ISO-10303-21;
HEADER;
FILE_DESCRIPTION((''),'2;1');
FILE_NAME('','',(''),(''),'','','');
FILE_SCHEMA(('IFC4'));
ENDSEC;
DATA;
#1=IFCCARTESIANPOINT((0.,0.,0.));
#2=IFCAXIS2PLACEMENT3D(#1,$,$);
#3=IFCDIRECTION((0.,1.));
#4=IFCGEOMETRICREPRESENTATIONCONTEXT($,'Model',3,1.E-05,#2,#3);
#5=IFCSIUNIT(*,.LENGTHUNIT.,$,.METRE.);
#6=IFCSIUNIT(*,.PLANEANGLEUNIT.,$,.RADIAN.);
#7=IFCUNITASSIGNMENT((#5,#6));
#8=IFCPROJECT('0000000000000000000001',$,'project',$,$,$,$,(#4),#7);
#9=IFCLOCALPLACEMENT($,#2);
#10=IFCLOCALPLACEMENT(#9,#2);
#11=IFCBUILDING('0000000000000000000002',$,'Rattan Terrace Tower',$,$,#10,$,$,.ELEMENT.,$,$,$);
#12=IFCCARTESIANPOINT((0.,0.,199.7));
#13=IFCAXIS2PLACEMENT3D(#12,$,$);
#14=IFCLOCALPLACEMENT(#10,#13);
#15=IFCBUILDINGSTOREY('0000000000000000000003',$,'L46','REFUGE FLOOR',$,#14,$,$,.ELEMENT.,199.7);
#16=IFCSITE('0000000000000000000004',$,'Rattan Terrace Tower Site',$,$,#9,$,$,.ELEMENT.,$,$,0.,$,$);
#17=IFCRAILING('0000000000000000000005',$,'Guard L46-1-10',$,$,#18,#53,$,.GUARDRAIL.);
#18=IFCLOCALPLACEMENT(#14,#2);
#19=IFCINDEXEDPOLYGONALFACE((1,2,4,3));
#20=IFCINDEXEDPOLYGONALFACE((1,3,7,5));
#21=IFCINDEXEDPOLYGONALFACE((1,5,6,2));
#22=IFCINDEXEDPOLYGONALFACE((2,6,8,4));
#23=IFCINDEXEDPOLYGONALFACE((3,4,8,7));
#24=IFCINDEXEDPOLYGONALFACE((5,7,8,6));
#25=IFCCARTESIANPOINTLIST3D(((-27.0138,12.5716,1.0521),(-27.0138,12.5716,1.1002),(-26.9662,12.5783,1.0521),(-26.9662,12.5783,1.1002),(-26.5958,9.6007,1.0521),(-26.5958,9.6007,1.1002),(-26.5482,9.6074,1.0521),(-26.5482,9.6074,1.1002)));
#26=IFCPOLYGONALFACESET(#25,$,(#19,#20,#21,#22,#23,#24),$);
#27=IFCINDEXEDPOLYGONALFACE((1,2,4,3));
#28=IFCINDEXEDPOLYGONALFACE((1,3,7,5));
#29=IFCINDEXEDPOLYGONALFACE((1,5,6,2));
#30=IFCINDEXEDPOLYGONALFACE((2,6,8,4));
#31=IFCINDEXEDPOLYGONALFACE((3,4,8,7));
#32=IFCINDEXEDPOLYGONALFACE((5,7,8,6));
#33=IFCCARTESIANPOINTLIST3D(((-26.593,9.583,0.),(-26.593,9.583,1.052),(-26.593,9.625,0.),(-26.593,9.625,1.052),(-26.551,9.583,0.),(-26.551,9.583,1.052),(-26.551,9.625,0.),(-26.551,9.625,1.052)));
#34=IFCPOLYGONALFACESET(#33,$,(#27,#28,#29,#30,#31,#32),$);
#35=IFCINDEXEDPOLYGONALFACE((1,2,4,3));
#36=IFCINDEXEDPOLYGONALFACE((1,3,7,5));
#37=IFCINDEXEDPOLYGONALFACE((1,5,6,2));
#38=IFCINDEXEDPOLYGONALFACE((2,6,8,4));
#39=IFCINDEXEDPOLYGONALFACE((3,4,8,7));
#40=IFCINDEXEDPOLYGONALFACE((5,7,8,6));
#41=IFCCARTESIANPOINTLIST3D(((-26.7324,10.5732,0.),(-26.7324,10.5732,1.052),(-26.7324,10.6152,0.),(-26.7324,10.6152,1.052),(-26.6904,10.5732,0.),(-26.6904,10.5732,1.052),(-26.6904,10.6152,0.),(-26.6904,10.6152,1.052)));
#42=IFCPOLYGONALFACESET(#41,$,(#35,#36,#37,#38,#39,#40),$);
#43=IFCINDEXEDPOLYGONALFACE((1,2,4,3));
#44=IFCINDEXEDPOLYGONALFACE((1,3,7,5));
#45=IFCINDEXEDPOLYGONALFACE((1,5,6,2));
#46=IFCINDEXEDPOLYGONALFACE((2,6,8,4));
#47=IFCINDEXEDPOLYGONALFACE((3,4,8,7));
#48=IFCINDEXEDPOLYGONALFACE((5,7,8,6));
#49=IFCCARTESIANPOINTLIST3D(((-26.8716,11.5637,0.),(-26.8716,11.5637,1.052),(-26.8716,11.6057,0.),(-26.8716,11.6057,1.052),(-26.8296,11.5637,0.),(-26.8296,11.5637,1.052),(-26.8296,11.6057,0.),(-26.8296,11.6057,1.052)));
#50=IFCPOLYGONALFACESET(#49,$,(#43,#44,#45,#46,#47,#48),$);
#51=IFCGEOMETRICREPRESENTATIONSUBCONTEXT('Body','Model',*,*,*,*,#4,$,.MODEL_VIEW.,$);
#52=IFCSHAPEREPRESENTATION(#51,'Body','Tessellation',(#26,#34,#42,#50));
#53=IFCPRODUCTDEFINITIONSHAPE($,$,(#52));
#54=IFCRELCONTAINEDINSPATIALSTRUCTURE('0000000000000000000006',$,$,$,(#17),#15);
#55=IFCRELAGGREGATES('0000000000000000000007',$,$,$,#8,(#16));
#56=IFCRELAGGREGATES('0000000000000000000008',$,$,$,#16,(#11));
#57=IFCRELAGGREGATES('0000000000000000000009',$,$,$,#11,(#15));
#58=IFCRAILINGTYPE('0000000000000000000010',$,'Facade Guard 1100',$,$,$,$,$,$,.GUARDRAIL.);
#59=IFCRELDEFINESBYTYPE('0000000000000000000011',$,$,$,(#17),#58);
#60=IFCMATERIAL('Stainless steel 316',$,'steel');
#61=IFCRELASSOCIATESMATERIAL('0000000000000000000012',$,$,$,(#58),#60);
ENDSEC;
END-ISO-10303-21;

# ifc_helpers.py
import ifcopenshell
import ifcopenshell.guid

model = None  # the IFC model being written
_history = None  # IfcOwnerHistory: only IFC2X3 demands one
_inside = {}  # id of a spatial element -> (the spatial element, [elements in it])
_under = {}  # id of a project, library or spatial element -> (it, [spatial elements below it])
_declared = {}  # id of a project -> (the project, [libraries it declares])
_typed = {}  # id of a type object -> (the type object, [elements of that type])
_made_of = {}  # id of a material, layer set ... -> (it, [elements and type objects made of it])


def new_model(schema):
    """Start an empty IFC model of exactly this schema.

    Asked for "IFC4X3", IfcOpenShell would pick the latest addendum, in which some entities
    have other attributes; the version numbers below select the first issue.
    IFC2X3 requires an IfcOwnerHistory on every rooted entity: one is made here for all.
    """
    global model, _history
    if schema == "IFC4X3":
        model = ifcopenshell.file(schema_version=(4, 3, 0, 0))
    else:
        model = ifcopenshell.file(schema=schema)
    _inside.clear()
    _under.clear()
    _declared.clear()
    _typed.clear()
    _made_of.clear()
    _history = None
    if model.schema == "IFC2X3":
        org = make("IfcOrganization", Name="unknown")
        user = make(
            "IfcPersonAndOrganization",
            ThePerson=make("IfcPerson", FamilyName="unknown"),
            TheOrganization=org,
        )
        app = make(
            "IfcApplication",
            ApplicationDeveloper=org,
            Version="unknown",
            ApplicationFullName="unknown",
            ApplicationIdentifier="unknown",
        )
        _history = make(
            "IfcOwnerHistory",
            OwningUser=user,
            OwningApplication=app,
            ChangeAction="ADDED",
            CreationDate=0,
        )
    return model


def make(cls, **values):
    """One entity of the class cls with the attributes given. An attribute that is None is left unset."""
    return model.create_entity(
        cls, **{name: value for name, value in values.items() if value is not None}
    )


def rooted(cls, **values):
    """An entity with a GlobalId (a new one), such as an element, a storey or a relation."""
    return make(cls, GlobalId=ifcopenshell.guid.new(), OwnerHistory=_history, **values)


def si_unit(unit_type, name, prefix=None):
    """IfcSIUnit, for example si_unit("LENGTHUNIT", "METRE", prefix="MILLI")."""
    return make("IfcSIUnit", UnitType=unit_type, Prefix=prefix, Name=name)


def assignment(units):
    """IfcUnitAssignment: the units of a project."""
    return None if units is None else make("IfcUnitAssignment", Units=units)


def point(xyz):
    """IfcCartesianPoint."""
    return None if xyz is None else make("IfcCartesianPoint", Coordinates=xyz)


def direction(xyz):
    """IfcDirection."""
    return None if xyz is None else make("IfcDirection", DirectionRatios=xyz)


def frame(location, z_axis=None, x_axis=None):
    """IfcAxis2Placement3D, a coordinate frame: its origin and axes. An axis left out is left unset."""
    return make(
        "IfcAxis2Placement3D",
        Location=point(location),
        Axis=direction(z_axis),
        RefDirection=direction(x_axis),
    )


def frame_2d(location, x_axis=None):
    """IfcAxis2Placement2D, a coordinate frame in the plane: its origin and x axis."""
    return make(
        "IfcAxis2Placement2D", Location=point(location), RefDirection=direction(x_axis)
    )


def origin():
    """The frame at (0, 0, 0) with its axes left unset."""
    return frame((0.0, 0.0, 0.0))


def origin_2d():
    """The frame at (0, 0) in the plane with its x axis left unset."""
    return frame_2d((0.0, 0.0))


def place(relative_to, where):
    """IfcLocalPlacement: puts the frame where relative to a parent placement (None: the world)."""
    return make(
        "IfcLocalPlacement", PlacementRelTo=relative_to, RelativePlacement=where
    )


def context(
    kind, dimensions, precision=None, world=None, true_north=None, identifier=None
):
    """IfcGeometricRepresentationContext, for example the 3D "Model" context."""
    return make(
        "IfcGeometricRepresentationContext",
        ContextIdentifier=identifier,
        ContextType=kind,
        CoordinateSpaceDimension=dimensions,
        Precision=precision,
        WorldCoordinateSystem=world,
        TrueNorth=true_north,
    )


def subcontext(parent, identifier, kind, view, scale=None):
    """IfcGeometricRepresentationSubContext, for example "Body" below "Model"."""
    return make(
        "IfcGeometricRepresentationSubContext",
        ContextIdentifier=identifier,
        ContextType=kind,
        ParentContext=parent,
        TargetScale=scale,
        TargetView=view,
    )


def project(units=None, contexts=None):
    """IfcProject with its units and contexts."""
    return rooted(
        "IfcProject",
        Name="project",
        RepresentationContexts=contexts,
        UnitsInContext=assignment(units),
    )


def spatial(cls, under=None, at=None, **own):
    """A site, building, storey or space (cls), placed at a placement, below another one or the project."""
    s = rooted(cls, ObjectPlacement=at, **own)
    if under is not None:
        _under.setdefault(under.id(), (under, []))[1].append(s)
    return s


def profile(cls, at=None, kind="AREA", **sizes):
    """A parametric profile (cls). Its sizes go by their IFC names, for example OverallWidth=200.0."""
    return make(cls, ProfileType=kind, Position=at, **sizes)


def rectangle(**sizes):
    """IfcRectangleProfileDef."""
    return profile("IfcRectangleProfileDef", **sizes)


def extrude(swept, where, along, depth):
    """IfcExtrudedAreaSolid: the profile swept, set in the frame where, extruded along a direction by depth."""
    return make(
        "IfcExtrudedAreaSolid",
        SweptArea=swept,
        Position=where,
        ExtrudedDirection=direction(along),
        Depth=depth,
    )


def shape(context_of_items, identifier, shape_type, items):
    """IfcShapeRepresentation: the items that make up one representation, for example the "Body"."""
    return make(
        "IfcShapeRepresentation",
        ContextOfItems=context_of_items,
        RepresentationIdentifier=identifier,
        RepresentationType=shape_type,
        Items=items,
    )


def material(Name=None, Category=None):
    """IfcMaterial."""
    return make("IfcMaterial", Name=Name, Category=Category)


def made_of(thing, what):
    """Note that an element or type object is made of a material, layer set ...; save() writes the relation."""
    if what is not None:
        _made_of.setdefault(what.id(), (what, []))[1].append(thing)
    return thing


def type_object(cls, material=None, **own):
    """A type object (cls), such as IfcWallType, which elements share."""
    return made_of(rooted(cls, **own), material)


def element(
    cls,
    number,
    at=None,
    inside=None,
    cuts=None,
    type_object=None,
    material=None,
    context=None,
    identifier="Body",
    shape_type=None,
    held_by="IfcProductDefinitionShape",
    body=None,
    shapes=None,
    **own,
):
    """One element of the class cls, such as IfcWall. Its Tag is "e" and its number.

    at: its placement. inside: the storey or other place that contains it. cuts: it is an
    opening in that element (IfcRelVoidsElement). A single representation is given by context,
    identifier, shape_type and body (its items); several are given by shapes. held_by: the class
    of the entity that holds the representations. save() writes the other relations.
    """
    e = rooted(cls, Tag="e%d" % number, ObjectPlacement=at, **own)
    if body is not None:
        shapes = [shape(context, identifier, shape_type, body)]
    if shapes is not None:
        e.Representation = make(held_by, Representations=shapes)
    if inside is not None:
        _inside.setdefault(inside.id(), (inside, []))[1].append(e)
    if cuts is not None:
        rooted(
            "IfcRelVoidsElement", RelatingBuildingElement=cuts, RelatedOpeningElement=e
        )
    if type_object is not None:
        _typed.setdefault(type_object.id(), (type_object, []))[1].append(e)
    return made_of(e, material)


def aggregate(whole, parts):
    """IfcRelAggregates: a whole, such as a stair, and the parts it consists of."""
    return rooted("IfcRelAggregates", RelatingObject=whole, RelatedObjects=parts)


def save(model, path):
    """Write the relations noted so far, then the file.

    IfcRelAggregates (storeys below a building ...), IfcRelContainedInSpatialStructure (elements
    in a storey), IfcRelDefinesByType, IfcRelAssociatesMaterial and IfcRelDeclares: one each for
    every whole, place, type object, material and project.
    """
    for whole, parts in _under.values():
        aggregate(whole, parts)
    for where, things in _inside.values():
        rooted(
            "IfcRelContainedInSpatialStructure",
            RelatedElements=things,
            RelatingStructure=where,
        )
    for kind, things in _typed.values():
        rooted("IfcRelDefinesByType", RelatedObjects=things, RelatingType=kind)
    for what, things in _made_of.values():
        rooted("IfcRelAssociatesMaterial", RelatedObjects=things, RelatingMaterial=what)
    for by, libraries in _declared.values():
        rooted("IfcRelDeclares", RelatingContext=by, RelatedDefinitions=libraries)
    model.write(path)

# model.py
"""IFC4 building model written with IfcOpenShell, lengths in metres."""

from ifc_helpers import new_model, si_unit, direction, frame, origin, origin_2d, place, context, subcontext, project, spatial, rectangle, extrude, material, type_object, element, save


model = new_model("IFC4")

# Units and contexts
model_context = context("Model", 3, precision=1e-05, world=origin(), true_north=direction((0.0, 1.0)))
body_context = subcontext(model_context, "Body", "Model", "MODEL_VIEW")
ifc_project = project(units=[si_unit("LENGTHUNIT", "METRE"), si_unit("PLANEANGLEUNIT", "RADIAN")], contexts=[model_context])

# Site, building, storey
site_placement = place(None, origin())
site = spatial("IfcSite", under=ifc_project, at=site_placement, Name="Rattan Terrace Tower Site", CompositionType="ELEMENT", RefElevation=0.0)
building_placement = place(site_placement, origin())
building = spatial("IfcBuilding", under=site, at=building_placement, Name="Rattan Terrace Tower", CompositionType="ELEMENT")
storey_placement = place(building_placement, frame((0.0, 0.0, 199.7)))
storey = spatial("IfcBuildingStorey", under=building, at=storey_placement, Name="L46", Description="REFUGE FLOOR", CompositionType="ELEMENT", Elevation=199.7)

# Railing
ifc_material_1 = material(Name="Stainless steel 316", Category="steel")
railing_type_1 = type_object("IfcRailingType", Name="Facade Guard 1100", PredefinedType="GUARDRAIL", material=ifc_material_1)
railing_1_placement = place(storey_placement, frame((-26.572, 9.604, 0.0)))
element("IfcRailing", 1, at=railing_1_placement, inside=storey, type_object=railing_type_1, Name="Guard L46-1-10", PredefinedType="GUARDRAIL", context=body_context, shape_type="SweptSolid", body=[
    extrude(rectangle(XDim=0.0481, YDim=0.0481, at=origin_2d()), frame((0.0, 0.0, 1.0762), z_axis=(-0.139313, 0.990248, 0.0), x_axis=(-0.990248, -0.139313, 0.0)), (0.0, 0.0, 1.0), 3.0002),
    extrude(rectangle(XDim=0.042, YDim=0.042, at=origin_2d()), origin(), (0.0, 0.0, 1.0), 1.052),
    extrude(rectangle(XDim=0.042, YDim=0.042, at=origin_2d()), frame((-0.1394, 0.9902, 0.0)), (0.0, 0.0, 1.0), 1.052),
    extrude(rectangle(XDim=0.042, YDim=0.042, at=origin_2d()), frame((-0.2786, 1.9807, 0.0)), (0.0, 0.0, 1.0), 1.052),
])

save(model, "model.ifc")
